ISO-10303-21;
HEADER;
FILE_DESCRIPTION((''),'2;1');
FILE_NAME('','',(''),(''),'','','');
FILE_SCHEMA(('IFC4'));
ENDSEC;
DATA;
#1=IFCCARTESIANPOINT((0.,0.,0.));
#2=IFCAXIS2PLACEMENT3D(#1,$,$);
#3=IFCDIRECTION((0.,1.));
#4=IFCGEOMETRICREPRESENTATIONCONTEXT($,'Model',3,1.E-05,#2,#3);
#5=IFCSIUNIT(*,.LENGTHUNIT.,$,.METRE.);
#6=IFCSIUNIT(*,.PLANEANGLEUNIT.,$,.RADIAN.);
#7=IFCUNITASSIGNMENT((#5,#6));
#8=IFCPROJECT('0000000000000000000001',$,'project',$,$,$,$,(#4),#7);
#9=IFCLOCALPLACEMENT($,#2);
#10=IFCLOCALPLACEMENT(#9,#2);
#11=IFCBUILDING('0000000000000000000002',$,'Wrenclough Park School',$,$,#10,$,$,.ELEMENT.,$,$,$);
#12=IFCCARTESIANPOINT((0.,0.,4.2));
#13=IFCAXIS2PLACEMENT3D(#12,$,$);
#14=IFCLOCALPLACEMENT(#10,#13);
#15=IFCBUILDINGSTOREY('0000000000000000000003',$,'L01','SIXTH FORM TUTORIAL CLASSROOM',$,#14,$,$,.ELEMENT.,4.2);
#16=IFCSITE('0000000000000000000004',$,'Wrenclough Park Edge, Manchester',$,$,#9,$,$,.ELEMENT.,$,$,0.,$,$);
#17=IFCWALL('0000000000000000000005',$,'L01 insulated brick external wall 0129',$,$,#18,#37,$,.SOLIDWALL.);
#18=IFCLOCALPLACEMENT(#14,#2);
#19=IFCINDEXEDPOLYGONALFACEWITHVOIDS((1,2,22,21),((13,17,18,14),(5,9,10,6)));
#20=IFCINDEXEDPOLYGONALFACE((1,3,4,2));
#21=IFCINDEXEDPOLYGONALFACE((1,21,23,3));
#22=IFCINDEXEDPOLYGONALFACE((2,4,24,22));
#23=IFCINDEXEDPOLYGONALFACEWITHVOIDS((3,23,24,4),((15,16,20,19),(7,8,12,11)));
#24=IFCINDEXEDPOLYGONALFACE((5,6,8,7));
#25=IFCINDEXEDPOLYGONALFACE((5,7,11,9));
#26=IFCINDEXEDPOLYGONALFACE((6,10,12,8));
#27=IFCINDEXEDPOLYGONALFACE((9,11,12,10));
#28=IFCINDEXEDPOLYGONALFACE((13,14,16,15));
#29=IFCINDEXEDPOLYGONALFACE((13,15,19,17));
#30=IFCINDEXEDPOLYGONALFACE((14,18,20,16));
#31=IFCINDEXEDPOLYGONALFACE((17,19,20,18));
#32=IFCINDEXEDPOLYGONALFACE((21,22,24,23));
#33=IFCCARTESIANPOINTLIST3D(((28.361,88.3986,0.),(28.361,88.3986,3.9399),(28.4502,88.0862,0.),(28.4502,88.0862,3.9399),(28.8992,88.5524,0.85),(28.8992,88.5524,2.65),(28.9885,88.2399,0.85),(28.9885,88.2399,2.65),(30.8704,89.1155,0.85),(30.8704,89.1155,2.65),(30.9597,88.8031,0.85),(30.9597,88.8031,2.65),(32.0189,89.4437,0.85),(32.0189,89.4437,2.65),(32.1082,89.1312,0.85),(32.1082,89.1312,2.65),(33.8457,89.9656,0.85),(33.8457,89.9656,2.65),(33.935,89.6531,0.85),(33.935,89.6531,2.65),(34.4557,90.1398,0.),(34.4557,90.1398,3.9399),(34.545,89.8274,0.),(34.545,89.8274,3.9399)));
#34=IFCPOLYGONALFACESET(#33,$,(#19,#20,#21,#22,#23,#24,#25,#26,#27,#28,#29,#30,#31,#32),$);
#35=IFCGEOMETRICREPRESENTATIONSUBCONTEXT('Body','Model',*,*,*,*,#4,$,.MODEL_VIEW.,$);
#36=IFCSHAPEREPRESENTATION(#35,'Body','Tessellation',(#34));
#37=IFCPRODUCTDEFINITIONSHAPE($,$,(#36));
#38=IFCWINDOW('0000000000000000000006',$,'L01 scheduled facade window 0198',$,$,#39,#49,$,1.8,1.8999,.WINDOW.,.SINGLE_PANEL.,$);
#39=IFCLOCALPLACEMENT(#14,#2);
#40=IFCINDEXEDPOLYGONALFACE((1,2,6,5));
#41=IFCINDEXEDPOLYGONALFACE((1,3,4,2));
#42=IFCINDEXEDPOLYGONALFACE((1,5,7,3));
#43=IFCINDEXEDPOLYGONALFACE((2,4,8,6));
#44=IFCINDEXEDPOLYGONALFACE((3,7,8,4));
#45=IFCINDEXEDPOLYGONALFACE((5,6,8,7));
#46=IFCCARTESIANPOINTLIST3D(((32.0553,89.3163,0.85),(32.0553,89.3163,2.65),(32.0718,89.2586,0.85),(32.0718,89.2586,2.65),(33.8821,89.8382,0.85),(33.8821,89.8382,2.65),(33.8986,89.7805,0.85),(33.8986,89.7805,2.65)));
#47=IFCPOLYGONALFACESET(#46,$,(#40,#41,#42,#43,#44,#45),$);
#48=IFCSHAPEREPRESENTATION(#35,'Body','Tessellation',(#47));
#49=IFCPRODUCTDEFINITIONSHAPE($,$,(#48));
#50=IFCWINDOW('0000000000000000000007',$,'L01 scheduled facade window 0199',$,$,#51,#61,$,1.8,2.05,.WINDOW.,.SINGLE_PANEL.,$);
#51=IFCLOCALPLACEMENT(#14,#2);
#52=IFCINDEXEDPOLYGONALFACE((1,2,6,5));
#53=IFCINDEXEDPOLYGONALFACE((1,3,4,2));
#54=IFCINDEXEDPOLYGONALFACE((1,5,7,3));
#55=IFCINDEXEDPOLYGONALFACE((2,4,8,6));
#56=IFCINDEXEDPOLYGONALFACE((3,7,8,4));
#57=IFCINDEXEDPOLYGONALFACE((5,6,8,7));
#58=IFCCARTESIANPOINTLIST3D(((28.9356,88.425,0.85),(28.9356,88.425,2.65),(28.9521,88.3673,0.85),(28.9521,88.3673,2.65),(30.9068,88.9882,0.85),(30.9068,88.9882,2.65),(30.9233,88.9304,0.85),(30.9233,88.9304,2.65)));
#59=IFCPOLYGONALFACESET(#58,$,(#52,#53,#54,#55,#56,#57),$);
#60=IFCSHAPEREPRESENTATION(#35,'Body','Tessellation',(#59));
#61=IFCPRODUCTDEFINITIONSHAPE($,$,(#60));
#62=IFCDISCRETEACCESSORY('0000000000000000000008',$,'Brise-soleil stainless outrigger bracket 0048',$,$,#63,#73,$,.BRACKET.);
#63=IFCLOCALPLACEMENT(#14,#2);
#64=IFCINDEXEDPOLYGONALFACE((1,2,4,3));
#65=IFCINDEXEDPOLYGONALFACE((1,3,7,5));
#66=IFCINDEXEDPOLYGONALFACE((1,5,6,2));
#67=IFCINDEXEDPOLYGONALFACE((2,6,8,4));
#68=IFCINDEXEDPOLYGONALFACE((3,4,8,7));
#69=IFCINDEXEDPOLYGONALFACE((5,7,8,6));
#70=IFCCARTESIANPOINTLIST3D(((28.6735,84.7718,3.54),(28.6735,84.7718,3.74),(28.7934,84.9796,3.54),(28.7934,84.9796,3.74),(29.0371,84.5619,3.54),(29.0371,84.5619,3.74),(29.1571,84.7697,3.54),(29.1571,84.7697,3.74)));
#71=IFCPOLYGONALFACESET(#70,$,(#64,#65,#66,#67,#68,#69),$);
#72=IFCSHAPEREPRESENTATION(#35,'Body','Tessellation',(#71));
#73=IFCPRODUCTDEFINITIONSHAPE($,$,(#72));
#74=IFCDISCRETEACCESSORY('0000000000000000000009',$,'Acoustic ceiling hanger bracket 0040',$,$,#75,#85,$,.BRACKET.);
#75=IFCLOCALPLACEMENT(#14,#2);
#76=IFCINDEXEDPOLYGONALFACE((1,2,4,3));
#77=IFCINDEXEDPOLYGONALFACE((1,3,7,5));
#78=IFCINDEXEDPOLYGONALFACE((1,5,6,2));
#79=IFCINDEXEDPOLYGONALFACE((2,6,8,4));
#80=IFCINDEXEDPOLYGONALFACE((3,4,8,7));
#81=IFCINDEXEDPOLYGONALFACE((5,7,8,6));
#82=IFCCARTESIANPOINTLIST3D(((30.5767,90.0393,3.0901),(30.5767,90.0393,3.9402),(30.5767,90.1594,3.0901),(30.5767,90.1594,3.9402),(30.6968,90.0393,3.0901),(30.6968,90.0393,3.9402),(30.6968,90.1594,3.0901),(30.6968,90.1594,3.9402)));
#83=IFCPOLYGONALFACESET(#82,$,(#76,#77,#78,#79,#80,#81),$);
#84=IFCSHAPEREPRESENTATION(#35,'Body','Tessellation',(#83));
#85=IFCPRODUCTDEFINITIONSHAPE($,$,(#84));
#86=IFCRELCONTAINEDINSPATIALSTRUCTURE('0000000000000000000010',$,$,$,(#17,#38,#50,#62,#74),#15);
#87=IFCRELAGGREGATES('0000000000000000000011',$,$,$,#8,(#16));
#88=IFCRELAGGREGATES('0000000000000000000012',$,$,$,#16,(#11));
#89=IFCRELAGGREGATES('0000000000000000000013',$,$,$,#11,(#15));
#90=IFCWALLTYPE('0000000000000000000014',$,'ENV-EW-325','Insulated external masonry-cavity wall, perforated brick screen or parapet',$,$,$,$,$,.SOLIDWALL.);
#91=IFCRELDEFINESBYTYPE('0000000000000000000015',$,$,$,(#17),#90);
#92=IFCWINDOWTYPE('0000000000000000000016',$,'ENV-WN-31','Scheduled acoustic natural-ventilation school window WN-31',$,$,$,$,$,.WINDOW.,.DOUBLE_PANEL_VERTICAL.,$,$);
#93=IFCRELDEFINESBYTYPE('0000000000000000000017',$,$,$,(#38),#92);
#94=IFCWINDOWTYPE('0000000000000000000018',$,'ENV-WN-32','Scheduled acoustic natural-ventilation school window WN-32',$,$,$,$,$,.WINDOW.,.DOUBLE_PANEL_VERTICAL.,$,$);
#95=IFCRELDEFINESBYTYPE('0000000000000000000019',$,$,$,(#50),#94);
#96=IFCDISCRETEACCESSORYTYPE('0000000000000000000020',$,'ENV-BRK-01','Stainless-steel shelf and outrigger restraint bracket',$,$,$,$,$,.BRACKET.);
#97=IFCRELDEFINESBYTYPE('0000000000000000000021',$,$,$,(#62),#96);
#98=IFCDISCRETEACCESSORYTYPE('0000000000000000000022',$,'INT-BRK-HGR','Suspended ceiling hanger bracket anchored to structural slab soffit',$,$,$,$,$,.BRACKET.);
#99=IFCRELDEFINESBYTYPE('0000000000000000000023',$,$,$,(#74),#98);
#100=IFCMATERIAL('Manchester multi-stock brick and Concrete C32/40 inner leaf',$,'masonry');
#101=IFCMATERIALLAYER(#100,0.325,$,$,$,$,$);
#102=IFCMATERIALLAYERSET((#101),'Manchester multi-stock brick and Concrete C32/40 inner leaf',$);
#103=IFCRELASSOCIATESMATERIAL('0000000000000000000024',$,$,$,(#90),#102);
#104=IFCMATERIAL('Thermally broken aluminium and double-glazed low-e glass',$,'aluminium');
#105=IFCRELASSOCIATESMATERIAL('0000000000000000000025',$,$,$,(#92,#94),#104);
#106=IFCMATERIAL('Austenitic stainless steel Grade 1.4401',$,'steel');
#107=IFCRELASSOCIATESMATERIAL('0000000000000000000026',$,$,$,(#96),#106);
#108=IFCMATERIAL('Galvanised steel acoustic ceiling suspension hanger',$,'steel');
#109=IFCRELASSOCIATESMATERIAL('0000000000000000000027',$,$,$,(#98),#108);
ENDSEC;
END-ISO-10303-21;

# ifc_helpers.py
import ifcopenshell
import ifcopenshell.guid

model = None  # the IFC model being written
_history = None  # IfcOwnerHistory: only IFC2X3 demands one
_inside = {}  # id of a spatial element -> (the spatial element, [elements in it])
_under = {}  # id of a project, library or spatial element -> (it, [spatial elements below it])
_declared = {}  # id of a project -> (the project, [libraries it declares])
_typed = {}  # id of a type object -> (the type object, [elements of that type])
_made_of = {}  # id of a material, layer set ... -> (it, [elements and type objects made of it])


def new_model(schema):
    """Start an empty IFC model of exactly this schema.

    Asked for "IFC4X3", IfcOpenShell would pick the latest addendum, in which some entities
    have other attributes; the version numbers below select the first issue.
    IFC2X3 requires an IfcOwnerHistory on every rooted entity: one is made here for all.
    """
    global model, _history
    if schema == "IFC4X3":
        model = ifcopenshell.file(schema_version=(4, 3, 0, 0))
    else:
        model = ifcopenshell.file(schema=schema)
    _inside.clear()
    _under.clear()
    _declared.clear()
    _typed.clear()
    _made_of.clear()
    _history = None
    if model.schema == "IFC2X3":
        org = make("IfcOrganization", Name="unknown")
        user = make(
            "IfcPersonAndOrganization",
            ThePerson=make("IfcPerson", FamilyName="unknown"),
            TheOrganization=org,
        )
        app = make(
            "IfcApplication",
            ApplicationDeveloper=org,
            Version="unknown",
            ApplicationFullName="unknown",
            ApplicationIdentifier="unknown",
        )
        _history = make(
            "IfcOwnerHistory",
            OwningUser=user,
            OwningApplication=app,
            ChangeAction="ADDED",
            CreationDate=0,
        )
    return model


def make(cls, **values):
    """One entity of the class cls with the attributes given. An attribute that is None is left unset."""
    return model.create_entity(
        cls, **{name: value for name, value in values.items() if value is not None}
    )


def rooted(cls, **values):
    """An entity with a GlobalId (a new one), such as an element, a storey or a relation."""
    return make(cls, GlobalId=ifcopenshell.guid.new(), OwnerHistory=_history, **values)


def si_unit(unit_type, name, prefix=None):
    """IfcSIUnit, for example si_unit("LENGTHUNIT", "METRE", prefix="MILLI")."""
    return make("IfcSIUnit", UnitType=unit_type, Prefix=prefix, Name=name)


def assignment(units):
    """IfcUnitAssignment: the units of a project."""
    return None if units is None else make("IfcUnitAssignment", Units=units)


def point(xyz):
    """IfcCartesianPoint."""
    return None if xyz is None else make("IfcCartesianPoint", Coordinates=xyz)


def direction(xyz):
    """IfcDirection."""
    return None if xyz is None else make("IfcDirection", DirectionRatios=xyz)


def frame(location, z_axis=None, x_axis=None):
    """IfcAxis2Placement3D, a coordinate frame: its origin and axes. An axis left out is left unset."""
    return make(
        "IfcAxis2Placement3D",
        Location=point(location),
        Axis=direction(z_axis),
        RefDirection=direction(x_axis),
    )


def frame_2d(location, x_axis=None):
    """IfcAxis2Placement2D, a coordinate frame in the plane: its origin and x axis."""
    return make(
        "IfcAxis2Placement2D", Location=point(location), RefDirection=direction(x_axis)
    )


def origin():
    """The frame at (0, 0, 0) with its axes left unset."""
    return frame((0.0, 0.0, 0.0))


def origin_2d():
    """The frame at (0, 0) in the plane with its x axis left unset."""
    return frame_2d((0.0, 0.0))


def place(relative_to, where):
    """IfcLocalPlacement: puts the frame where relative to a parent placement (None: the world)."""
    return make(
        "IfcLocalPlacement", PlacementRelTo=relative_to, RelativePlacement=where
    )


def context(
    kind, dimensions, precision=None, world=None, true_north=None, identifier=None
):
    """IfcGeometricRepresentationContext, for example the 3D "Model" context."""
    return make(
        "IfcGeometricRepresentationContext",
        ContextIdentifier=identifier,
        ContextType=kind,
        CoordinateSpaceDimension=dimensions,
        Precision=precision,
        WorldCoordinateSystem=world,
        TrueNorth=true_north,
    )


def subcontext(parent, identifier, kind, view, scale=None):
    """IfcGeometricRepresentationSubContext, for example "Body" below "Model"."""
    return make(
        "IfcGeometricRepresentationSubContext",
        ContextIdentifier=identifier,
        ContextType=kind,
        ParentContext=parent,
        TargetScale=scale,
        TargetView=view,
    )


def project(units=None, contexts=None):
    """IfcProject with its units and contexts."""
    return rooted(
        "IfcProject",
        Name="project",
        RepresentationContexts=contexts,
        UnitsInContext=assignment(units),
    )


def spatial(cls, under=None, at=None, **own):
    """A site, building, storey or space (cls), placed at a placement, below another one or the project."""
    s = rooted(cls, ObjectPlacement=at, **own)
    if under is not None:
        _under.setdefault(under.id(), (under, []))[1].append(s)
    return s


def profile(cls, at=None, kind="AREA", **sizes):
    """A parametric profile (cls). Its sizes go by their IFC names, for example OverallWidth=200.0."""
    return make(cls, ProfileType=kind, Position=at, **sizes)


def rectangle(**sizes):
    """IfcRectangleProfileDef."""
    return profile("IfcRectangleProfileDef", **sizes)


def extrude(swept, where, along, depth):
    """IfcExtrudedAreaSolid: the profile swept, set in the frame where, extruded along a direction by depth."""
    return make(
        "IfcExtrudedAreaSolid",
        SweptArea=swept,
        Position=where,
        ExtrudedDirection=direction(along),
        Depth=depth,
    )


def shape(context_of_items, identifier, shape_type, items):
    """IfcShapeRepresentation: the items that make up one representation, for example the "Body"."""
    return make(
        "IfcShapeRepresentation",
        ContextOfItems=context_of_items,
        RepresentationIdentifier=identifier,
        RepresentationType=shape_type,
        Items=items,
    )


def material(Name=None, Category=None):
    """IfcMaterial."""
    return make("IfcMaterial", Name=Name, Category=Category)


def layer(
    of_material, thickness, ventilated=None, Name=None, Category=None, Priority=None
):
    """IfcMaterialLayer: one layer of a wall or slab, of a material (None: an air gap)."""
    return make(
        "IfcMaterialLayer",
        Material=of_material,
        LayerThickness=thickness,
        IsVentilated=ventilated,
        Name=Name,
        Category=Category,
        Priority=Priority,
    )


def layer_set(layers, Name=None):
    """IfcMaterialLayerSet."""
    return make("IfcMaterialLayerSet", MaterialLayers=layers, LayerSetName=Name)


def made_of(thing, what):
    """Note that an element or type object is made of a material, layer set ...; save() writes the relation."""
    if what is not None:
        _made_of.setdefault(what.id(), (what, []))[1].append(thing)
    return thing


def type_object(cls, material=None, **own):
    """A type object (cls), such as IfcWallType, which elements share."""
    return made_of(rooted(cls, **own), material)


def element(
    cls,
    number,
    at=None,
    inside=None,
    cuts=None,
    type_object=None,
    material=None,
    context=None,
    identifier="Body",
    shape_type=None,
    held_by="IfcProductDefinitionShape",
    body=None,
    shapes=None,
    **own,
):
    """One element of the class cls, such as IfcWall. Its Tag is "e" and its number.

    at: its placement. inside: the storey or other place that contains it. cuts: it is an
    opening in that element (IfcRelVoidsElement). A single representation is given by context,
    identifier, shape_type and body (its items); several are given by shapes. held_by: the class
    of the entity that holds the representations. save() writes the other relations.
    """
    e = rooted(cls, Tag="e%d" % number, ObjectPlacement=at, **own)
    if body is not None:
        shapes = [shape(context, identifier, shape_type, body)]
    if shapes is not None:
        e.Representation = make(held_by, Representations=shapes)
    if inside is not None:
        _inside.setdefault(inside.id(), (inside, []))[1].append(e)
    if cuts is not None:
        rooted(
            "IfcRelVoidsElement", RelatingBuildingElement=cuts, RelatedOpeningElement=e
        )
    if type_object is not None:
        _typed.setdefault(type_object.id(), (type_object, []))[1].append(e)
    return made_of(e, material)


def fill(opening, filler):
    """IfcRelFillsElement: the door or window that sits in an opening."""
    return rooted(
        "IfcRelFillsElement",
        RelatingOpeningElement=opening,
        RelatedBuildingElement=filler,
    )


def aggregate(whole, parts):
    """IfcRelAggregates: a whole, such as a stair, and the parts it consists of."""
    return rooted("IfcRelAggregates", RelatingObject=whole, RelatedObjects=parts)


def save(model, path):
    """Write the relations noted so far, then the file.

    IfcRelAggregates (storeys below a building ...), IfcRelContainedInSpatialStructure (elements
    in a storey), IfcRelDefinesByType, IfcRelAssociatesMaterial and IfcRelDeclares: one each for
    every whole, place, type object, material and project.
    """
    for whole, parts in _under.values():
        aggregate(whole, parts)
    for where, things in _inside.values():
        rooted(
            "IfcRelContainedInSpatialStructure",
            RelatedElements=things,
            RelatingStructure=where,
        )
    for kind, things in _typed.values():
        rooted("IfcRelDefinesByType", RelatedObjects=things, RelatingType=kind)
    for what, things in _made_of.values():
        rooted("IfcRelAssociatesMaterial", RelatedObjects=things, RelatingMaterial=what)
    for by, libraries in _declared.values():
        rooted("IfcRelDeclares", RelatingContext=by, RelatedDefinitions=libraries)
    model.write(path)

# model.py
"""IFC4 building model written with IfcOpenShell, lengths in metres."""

from ifc_helpers import new_model, si_unit, direction, frame, frame_2d, origin, origin_2d, place, context, subcontext, project, spatial, rectangle, extrude, material, layer, layer_set, type_object, element, fill, save


model = new_model("IFC4")

# Units and contexts
model_context = context("Model", 3, precision=1e-05, world=origin(), true_north=direction((0.0, 1.0)))
body_context = subcontext(model_context, "Body", "Model", "MODEL_VIEW")
ifc_project = project(units=[si_unit("LENGTHUNIT", "METRE"), si_unit("PLANEANGLEUNIT", "RADIAN")], contexts=[model_context])

# Site, building, storey
site_placement = place(None, origin())
site = spatial("IfcSite", under=ifc_project, at=site_placement, Name="Wrenclough Park Edge, Manchester", CompositionType="ELEMENT", RefElevation=0.0)
building_placement = place(site_placement, origin())
building = spatial("IfcBuilding", under=site, at=building_placement, Name="Wrenclough Park School", CompositionType="ELEMENT")
storey_placement = place(building_placement, frame((0.0, 0.0, 4.2)))
storey = spatial("IfcBuildingStorey", under=building, at=storey_placement, Name="L01", Description="SIXTH FORM TUTORIAL CLASSROOM", CompositionType="ELEMENT", Elevation=4.2)

# Wall, openings, windows
ifc_material_1 = material(Name="Manchester multi-stock brick and Concrete C32/40 inner leaf", Category="masonry")
ifc_material_2 = material(Name="Thermally broken aluminium and double-glazed low-e glass", Category="aluminium")
ifc_layer_1 = layer(ifc_material_1, 0.325)
ifc_layer_set_1 = layer_set([ifc_layer_1], Name="Manchester multi-stock brick and Concrete C32/40 inner leaf")
wall_type_1 = type_object("IfcWallType", Name="ENV-EW-325", Description="Insulated external masonry-cavity wall, perforated brick screen or parapet", PredefinedType="SOLIDWALL", material=ifc_layer_set_1)
wall_1_placement = place(storey_placement, frame((34.5005, 89.9836, 0.0), z_axis=(0.0, 0.0, 1.0), x_axis=(-0.96153, -0.274701, 0.0)))
wall_1 = element("IfcWall", 1, at=wall_1_placement, inside=storey, type_object=wall_type_1, Name="L01 insulated brick external wall 0129", PredefinedType="SOLIDWALL", context=body_context, shape_type="SweptSolid", body=[
    extrude(rectangle(XDim=6.3386, YDim=0.325, at=frame_2d((3.1694, 0.0))), origin(), (0.0, 0.0, 1.0), 3.9399),
])
opening_1_placement = place(wall_1_placement, frame((0.6345, 0.0, 0.8501)))
opening_1 = element("IfcOpeningElement", 2, at=opening_1_placement, cuts=wall_1, PredefinedType="OPENING", context=body_context, shape_type="SweptSolid", body=[
    extrude(rectangle(XDim=1.8999, YDim=1.8, at=frame_2d((0.95, 0.8999))), frame((0.0, 0.1724, 0.0), z_axis=(0.0, -1.0, 0.0), x_axis=(1.0, 0.0, 0.0)), (0.0, 0.0, 1.0), 0.345),
])
opening_2_placement = place(wall_1_placement, frame((3.729, 0.0, 0.8501)))
opening_2 = element("IfcOpeningElement", 3, at=opening_2_placement, cuts=wall_1, PredefinedType="OPENING", context=body_context, shape_type="SweptSolid", body=[
    extrude(rectangle(XDim=2.05, YDim=1.8, at=frame_2d((1.0249, 0.8999))), frame((0.0, 0.1724, 0.0), z_axis=(0.0, -1.0, 0.0), x_axis=(1.0, 0.0, 0.0)), (0.0, 0.0, 1.0), 0.345),
])
window_type_1 = type_object("IfcWindowType", Name="ENV-WN-31", Description="Scheduled acoustic natural-ventilation school window WN-31", PartitioningType="DOUBLE_PANEL_VERTICAL", PredefinedType="WINDOW", material=ifc_material_2)
window_1_placement = place(opening_1_placement, origin())
window_1 = element("IfcWindow", 4, at=window_1_placement, inside=storey, type_object=window_type_1, Name="L01 scheduled facade window 0198", OverallHeight=1.8, OverallWidth=1.8999, PartitioningType="SINGLE_PANEL", PredefinedType="WINDOW", context=body_context, shape_type="SweptSolid", body=[
    extrude(rectangle(XDim=1.8999, YDim=1.8, at=frame_2d((0.95, 0.8999))), frame((0.0, 0.03, 0.0), z_axis=(0.0, -1.0, 0.0), x_axis=(1.0, 0.0, 0.0)), (0.0, 0.0, 1.0), 0.0601),
])
fill(opening_1, window_1)
window_type_2 = type_object("IfcWindowType", Name="ENV-WN-32", Description="Scheduled acoustic natural-ventilation school window WN-32", PartitioningType="DOUBLE_PANEL_VERTICAL", PredefinedType="WINDOW", material=ifc_material_2)
window_2_placement = place(opening_2_placement, origin())
window_2 = element("IfcWindow", 5, at=window_2_placement, inside=storey, type_object=window_type_2, Name="L01 scheduled facade window 0199", OverallHeight=1.8, OverallWidth=2.05, PartitioningType="SINGLE_PANEL", PredefinedType="WINDOW", context=body_context, shape_type="SweptSolid", body=[
    extrude(rectangle(XDim=2.05, YDim=1.8, at=frame_2d((1.0249, 0.8999))), frame((0.0, 0.03, 0.0), z_axis=(0.0, -1.0, 0.0), x_axis=(1.0, 0.0, 0.0)), (0.0, 0.0, 1.0), 0.0601),
])
fill(opening_2, window_2)

# Discrete accessories
ifc_material_3 = material(Name="Austenitic stainless steel Grade 1.4401", Category="steel")
discrete_accessory_type_1 = type_object("IfcDiscreteAccessoryType", Name="ENV-BRK-01", Description="Stainless-steel shelf and outrigger restraint bracket", PredefinedType="BRACKET", material=ifc_material_3)
discrete_accessory_1_placement = place(storey_placement, frame((28.9153, 84.7708, 3.54), z_axis=(0.0, 0.0, 1.0), x_axis=(0.499991, 0.866031, 0.0)))
element("IfcDiscreteAccessory", 6, at=discrete_accessory_1_placement, inside=storey, type_object=discrete_accessory_type_1, Name="Brise-soleil stainless outrigger bracket 0048", PredefinedType="BRACKET", context=body_context, shape_type="SweptSolid", body=[
    extrude(rectangle(XDim=0.24, YDim=0.4199, at=origin_2d()), origin(), (0.0, 0.0, 1.0), 0.2),
])
ifc_material_4 = material(Name="Galvanised steel acoustic ceiling suspension hanger", Category="steel")
discrete_accessory_type_2 = type_object("IfcDiscreteAccessoryType", Name="INT-BRK-HGR", Description="Suspended ceiling hanger bracket anchored to structural slab soffit", PredefinedType="BRACKET", material=ifc_material_4)
discrete_accessory_2_placement = place(storey_placement, frame((30.6367, 90.0994, 3.0901), z_axis=(0.0, 0.0, 1.0), x_axis=(1.0, 0.0, 0.0)))
element("IfcDiscreteAccessory", 7, at=discrete_accessory_2_placement, inside=storey, type_object=discrete_accessory_type_2, Name="Acoustic ceiling hanger bracket 0040", PredefinedType="BRACKET", context=body_context, shape_type="SweptSolid", body=[
    extrude(rectangle(XDim=0.1201, YDim=0.1201, at=origin_2d()), origin(), (0.0, 0.0, 1.0), 0.8501),
])

save(model, "model.ifc")
